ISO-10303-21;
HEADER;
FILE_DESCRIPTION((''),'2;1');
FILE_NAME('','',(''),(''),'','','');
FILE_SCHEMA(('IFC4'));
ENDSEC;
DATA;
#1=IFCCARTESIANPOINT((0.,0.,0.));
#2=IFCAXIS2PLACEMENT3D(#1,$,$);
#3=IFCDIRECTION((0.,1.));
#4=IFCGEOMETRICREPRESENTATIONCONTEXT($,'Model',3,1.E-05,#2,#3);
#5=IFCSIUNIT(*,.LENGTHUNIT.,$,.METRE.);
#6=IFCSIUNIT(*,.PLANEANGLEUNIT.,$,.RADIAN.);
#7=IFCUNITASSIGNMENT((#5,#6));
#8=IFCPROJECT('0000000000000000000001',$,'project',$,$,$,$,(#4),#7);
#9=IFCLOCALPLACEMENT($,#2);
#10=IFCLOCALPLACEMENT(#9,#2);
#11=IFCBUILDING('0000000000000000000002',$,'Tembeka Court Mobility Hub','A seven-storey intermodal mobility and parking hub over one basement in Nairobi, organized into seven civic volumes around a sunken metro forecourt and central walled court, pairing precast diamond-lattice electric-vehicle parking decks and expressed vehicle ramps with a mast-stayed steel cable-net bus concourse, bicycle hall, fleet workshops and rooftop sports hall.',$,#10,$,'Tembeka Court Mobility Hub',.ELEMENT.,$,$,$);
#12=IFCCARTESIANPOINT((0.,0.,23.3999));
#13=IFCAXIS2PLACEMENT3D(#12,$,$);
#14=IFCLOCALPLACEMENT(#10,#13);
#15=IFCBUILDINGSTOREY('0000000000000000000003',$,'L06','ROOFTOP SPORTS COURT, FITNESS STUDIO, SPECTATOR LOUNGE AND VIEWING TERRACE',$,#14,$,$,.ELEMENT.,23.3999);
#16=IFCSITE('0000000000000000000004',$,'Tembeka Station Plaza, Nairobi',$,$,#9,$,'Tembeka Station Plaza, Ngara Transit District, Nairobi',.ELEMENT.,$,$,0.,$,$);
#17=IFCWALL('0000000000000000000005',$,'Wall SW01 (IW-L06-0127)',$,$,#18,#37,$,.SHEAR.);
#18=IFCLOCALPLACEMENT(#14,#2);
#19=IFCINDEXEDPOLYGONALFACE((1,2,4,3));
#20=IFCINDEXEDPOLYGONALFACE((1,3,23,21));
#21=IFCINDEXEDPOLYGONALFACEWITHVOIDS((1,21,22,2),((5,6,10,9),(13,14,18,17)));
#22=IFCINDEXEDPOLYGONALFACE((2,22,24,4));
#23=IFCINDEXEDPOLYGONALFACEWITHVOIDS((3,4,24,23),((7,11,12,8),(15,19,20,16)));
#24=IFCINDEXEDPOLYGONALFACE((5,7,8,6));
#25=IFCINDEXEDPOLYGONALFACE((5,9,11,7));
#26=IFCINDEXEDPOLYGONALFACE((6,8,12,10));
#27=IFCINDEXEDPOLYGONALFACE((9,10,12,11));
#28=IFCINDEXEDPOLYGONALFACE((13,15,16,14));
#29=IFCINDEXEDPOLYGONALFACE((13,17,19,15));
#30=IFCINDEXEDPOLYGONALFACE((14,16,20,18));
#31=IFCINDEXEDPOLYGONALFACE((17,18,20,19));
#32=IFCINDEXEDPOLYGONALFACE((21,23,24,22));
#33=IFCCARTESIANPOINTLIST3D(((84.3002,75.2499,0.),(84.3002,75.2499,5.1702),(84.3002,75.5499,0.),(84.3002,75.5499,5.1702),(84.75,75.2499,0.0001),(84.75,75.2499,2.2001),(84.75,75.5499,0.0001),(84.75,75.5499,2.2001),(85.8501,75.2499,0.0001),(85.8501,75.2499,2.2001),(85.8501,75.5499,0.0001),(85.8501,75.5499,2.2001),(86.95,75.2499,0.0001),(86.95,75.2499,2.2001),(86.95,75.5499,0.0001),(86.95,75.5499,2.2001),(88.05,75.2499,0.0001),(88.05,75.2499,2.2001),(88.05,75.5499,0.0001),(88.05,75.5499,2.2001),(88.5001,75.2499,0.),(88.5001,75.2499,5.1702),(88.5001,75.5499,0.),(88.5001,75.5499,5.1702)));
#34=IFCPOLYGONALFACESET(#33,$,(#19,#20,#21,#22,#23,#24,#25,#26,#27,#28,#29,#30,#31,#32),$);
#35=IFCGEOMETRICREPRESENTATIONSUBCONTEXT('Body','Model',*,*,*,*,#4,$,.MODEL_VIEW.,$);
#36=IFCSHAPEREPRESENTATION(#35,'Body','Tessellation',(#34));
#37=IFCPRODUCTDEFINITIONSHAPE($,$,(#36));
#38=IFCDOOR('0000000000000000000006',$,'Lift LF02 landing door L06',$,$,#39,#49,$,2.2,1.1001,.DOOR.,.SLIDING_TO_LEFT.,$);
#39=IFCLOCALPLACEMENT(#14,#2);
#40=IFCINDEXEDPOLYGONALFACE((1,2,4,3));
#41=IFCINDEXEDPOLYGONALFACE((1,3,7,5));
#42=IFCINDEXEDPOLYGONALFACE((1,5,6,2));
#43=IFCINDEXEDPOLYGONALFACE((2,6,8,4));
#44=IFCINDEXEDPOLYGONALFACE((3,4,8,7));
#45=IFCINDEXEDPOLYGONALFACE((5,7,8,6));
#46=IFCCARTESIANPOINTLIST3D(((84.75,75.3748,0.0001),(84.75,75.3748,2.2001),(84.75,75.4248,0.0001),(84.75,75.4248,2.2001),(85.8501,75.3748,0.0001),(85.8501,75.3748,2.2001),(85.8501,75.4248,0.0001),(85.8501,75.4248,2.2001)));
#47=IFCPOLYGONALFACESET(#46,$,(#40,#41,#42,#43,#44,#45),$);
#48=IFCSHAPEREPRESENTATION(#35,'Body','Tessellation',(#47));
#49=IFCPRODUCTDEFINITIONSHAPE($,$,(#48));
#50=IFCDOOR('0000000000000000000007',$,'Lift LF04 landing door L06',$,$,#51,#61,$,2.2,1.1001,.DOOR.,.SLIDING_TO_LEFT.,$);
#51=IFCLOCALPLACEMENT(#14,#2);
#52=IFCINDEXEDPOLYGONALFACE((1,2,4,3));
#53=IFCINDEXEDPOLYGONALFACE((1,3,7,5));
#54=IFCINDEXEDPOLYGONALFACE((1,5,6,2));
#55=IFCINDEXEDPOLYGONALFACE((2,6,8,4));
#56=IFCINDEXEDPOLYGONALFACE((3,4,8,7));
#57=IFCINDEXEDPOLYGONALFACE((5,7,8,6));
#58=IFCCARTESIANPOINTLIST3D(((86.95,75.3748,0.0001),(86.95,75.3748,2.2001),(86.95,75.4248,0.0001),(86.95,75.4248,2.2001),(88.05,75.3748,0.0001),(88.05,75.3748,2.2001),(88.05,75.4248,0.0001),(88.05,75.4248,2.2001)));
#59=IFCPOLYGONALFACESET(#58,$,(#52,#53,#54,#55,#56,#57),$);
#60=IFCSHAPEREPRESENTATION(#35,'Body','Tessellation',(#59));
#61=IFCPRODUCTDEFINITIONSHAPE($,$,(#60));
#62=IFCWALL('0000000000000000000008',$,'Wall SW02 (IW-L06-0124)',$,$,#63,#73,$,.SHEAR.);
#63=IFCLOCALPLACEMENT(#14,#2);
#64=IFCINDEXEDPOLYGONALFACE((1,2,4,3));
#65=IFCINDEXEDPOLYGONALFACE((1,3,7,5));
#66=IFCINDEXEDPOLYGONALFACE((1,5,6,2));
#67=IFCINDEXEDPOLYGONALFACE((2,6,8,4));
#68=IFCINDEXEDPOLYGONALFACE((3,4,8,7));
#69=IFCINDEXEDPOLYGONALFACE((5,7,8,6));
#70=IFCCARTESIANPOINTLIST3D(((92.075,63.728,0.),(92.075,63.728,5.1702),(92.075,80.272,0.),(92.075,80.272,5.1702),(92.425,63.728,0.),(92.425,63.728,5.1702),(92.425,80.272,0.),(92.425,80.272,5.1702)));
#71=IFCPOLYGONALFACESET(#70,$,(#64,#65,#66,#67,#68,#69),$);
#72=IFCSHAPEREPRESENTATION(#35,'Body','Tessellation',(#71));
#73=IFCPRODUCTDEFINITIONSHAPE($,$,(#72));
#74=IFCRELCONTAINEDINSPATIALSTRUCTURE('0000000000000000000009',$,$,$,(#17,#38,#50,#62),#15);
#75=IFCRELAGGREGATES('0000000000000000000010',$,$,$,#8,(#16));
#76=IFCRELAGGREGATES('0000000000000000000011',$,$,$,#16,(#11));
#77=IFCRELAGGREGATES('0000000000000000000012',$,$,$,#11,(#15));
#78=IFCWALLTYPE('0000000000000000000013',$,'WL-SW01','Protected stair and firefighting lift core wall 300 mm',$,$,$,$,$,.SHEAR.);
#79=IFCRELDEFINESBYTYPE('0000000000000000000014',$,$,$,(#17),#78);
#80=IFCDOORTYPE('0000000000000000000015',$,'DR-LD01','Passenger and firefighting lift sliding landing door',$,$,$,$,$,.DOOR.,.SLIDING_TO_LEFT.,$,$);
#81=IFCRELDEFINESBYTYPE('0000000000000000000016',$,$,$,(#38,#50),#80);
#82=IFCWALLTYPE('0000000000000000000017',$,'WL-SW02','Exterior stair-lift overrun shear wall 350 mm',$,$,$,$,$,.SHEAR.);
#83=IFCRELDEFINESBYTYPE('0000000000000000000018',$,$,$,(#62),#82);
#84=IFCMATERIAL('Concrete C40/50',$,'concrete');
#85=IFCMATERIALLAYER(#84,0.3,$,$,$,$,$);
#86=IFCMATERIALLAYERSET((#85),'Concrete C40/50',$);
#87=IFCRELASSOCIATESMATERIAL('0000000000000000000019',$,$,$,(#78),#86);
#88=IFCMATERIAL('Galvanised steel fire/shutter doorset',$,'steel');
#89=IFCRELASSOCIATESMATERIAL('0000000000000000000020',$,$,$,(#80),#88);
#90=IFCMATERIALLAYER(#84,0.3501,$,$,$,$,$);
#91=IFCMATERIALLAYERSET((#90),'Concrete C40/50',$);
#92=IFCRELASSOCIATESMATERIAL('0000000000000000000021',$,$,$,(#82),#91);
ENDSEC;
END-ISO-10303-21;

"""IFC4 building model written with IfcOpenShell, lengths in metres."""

from ifc_helpers import new_model, si_unit, direction, frame, frame_2d, origin, place, context, subcontext, project, spatial, rectangle, extrude, material, layer, layer_set, type_object, element, fill, save


model = new_model("IFC4")

# Units and contexts
model_context = context("Model", 3, precision=1e-05, world=origin(), true_north=direction((0.0, 1.0)))
body_context = subcontext(model_context, "Body", "Model", "MODEL_VIEW")
ifc_project = project(units=[si_unit("LENGTHUNIT", "METRE"), si_unit("PLANEANGLEUNIT", "RADIAN")], contexts=[model_context])

# Site, building, storey
site_placement = place(None, origin())
site = spatial("IfcSite", under=ifc_project, at=site_placement, Name="Tembeka Station Plaza, Nairobi", LongName="Tembeka Station Plaza, Ngara Transit District, Nairobi", CompositionType="ELEMENT", RefElevation=0.0)
building_placement = place(site_placement, origin())
building = spatial("IfcBuilding", under=site, at=building_placement, Name="Tembeka Court Mobility Hub", Description="A seven-storey intermodal mobility and parking hub over one basement in Nairobi, organized into seven civic volumes around a sunken metro forecourt and central walled court, pairing precast diamond-lattice electric-vehicle parking decks and expressed vehicle ramps with a mast-stayed steel cable-net bus concourse, bicycle hall, fleet workshops and rooftop sports hall.", LongName="Tembeka Court Mobility Hub", CompositionType="ELEMENT")
storey_placement = place(building_placement, frame((0.0, 0.0, 23.3999)))
storey = spatial("IfcBuildingStorey", under=building, at=storey_placement, Name="L06", Description="ROOFTOP SPORTS COURT, FITNESS STUDIO, SPECTATOR LOUNGE AND VIEWING TERRACE", CompositionType="ELEMENT", Elevation=23.3999)

# Shared definitions
ifc_material_1 = material(Name="Concrete C40/50", Category="concrete")
ifc_layer_1 = layer(ifc_material_1, 0.3)
ifc_layer_set_1 = layer_set([ifc_layer_1], Name="Concrete C40/50")
wall_type_1 = type_object("IfcWallType", Name="WL-SW01", Description="Protected stair and firefighting lift core wall 300 mm", PredefinedType="SHEAR", material=ifc_layer_set_1)

# Shared definitions
ifc_material_2 = material(Name="Galvanised steel fire/shutter doorset", Category="steel")

# Wall, openings, doors
wall_1_placement = place(storey_placement, frame((84.3, 75.3999, 0.0), z_axis=(0.0, 0.0, 1.0), x_axis=(1.0, 0.0, 0.0)))
wall_1 = element("IfcWall", 1, at=wall_1_placement, inside=storey, type_object=wall_type_1, Name="Wall SW01 (IW-L06-0127)", PredefinedType="SHEAR", context=body_context, shape_type="SweptSolid", body=[
    extrude(rectangle(XDim=4.2, YDim=0.3, at=frame_2d((2.1001, 0.0))), origin(), (0.0, 0.0, 1.0), 5.1702),
])
opening_1_placement = place(wall_1_placement, frame((0.45, 0.0, 0.0)))
opening_1 = element("IfcOpeningElement", 2, at=opening_1_placement, cuts=wall_1, PredefinedType="OPENING", context=body_context, shape_type="SweptSolid", body=[
    extrude(rectangle(XDim=1.1001, YDim=2.2, at=frame_2d((0.55, 1.1001))), frame((0.0, 0.1602, 0.0), z_axis=(0.0, -1.0, 0.0), x_axis=(1.0, 0.0, 0.0)), (0.0, 0.0, 1.0), 0.3201),
])
opening_2_placement = place(wall_1_placement, frame((2.6499, 0.0, 0.0)))
opening_2 = element("IfcOpeningElement", 3, at=opening_2_placement, cuts=wall_1, PredefinedType="OPENING", context=body_context, shape_type="SweptSolid", body=[
    extrude(rectangle(XDim=1.1001, YDim=2.2, at=frame_2d((0.55, 1.1001))), frame((0.0, 0.1602, 0.0), z_axis=(0.0, -1.0, 0.0), x_axis=(1.0, 0.0, 0.0)), (0.0, 0.0, 1.0), 0.3201),
])
door_type_1 = type_object("IfcDoorType", Name="DR-LD01", Description="Passenger and firefighting lift sliding landing door", OperationType="SLIDING_TO_LEFT", PredefinedType="DOOR", material=ifc_material_2)
door_1_placement = place(opening_1_placement, origin())
door_1 = element("IfcDoor", 4, at=door_1_placement, inside=storey, type_object=door_type_1, Name="Lift LF02 landing door L06", OperationType="SLIDING_TO_LEFT", OverallHeight=2.2, OverallWidth=1.1001, PredefinedType="DOOR", context=body_context, shape_type="SweptSolid", body=[
    extrude(rectangle(XDim=1.1001, YDim=2.2, at=frame_2d((0.55, 1.1001))), frame((0.0, 0.0249, 0.0), z_axis=(0.0, -1.0, 0.0), x_axis=(1.0, 0.0, 0.0)), (0.0, 0.0, 1.0), 0.05),
])
fill(opening_1, door_1)
door_2_placement = place(opening_2_placement, origin())
door_2 = element("IfcDoor", 5, at=door_2_placement, inside=storey, type_object=door_type_1, Name="Lift LF04 landing door L06", OperationType="SLIDING_TO_LEFT", OverallHeight=2.2, OverallWidth=1.1001, PredefinedType="DOOR", context=body_context, shape_type="SweptSolid", body=[
    extrude(rectangle(XDim=1.1001, YDim=2.2, at=frame_2d((0.55, 1.1001))), frame((0.0, 0.0249, 0.0), z_axis=(0.0, -1.0, 0.0), x_axis=(1.0, 0.0, 0.0)), (0.0, 0.0, 1.0), 0.05),
])
fill(opening_2, door_2)

# Wall
ifc_layer_2 = layer(ifc_material_1, 0.3501)
ifc_layer_set_2 = layer_set([ifc_layer_2], Name="Concrete C40/50")
wall_type_2 = type_object("IfcWallType", Name="WL-SW02", Description="Exterior stair-lift overrun shear wall 350 mm", PredefinedType="SHEAR", material=ifc_layer_set_2)
wall_2_placement = place(storey_placement, frame((92.25, 63.728, 0.0), z_axis=(0.0, 0.0, 1.0), x_axis=(0.0, 1.0, 0.0)))
element("IfcWall", 6, at=wall_2_placement, inside=storey, type_object=wall_type_2, Name="Wall SW02 (IW-L06-0124)", PredefinedType="SHEAR", context=body_context, shape_type="SweptSolid", body=[
    extrude(rectangle(XDim=16.5439, YDim=0.3501, at=frame_2d((8.272, 0.0))), origin(), (0.0, 0.0, 1.0), 5.1702),
])

save(model, "model.ifc")
